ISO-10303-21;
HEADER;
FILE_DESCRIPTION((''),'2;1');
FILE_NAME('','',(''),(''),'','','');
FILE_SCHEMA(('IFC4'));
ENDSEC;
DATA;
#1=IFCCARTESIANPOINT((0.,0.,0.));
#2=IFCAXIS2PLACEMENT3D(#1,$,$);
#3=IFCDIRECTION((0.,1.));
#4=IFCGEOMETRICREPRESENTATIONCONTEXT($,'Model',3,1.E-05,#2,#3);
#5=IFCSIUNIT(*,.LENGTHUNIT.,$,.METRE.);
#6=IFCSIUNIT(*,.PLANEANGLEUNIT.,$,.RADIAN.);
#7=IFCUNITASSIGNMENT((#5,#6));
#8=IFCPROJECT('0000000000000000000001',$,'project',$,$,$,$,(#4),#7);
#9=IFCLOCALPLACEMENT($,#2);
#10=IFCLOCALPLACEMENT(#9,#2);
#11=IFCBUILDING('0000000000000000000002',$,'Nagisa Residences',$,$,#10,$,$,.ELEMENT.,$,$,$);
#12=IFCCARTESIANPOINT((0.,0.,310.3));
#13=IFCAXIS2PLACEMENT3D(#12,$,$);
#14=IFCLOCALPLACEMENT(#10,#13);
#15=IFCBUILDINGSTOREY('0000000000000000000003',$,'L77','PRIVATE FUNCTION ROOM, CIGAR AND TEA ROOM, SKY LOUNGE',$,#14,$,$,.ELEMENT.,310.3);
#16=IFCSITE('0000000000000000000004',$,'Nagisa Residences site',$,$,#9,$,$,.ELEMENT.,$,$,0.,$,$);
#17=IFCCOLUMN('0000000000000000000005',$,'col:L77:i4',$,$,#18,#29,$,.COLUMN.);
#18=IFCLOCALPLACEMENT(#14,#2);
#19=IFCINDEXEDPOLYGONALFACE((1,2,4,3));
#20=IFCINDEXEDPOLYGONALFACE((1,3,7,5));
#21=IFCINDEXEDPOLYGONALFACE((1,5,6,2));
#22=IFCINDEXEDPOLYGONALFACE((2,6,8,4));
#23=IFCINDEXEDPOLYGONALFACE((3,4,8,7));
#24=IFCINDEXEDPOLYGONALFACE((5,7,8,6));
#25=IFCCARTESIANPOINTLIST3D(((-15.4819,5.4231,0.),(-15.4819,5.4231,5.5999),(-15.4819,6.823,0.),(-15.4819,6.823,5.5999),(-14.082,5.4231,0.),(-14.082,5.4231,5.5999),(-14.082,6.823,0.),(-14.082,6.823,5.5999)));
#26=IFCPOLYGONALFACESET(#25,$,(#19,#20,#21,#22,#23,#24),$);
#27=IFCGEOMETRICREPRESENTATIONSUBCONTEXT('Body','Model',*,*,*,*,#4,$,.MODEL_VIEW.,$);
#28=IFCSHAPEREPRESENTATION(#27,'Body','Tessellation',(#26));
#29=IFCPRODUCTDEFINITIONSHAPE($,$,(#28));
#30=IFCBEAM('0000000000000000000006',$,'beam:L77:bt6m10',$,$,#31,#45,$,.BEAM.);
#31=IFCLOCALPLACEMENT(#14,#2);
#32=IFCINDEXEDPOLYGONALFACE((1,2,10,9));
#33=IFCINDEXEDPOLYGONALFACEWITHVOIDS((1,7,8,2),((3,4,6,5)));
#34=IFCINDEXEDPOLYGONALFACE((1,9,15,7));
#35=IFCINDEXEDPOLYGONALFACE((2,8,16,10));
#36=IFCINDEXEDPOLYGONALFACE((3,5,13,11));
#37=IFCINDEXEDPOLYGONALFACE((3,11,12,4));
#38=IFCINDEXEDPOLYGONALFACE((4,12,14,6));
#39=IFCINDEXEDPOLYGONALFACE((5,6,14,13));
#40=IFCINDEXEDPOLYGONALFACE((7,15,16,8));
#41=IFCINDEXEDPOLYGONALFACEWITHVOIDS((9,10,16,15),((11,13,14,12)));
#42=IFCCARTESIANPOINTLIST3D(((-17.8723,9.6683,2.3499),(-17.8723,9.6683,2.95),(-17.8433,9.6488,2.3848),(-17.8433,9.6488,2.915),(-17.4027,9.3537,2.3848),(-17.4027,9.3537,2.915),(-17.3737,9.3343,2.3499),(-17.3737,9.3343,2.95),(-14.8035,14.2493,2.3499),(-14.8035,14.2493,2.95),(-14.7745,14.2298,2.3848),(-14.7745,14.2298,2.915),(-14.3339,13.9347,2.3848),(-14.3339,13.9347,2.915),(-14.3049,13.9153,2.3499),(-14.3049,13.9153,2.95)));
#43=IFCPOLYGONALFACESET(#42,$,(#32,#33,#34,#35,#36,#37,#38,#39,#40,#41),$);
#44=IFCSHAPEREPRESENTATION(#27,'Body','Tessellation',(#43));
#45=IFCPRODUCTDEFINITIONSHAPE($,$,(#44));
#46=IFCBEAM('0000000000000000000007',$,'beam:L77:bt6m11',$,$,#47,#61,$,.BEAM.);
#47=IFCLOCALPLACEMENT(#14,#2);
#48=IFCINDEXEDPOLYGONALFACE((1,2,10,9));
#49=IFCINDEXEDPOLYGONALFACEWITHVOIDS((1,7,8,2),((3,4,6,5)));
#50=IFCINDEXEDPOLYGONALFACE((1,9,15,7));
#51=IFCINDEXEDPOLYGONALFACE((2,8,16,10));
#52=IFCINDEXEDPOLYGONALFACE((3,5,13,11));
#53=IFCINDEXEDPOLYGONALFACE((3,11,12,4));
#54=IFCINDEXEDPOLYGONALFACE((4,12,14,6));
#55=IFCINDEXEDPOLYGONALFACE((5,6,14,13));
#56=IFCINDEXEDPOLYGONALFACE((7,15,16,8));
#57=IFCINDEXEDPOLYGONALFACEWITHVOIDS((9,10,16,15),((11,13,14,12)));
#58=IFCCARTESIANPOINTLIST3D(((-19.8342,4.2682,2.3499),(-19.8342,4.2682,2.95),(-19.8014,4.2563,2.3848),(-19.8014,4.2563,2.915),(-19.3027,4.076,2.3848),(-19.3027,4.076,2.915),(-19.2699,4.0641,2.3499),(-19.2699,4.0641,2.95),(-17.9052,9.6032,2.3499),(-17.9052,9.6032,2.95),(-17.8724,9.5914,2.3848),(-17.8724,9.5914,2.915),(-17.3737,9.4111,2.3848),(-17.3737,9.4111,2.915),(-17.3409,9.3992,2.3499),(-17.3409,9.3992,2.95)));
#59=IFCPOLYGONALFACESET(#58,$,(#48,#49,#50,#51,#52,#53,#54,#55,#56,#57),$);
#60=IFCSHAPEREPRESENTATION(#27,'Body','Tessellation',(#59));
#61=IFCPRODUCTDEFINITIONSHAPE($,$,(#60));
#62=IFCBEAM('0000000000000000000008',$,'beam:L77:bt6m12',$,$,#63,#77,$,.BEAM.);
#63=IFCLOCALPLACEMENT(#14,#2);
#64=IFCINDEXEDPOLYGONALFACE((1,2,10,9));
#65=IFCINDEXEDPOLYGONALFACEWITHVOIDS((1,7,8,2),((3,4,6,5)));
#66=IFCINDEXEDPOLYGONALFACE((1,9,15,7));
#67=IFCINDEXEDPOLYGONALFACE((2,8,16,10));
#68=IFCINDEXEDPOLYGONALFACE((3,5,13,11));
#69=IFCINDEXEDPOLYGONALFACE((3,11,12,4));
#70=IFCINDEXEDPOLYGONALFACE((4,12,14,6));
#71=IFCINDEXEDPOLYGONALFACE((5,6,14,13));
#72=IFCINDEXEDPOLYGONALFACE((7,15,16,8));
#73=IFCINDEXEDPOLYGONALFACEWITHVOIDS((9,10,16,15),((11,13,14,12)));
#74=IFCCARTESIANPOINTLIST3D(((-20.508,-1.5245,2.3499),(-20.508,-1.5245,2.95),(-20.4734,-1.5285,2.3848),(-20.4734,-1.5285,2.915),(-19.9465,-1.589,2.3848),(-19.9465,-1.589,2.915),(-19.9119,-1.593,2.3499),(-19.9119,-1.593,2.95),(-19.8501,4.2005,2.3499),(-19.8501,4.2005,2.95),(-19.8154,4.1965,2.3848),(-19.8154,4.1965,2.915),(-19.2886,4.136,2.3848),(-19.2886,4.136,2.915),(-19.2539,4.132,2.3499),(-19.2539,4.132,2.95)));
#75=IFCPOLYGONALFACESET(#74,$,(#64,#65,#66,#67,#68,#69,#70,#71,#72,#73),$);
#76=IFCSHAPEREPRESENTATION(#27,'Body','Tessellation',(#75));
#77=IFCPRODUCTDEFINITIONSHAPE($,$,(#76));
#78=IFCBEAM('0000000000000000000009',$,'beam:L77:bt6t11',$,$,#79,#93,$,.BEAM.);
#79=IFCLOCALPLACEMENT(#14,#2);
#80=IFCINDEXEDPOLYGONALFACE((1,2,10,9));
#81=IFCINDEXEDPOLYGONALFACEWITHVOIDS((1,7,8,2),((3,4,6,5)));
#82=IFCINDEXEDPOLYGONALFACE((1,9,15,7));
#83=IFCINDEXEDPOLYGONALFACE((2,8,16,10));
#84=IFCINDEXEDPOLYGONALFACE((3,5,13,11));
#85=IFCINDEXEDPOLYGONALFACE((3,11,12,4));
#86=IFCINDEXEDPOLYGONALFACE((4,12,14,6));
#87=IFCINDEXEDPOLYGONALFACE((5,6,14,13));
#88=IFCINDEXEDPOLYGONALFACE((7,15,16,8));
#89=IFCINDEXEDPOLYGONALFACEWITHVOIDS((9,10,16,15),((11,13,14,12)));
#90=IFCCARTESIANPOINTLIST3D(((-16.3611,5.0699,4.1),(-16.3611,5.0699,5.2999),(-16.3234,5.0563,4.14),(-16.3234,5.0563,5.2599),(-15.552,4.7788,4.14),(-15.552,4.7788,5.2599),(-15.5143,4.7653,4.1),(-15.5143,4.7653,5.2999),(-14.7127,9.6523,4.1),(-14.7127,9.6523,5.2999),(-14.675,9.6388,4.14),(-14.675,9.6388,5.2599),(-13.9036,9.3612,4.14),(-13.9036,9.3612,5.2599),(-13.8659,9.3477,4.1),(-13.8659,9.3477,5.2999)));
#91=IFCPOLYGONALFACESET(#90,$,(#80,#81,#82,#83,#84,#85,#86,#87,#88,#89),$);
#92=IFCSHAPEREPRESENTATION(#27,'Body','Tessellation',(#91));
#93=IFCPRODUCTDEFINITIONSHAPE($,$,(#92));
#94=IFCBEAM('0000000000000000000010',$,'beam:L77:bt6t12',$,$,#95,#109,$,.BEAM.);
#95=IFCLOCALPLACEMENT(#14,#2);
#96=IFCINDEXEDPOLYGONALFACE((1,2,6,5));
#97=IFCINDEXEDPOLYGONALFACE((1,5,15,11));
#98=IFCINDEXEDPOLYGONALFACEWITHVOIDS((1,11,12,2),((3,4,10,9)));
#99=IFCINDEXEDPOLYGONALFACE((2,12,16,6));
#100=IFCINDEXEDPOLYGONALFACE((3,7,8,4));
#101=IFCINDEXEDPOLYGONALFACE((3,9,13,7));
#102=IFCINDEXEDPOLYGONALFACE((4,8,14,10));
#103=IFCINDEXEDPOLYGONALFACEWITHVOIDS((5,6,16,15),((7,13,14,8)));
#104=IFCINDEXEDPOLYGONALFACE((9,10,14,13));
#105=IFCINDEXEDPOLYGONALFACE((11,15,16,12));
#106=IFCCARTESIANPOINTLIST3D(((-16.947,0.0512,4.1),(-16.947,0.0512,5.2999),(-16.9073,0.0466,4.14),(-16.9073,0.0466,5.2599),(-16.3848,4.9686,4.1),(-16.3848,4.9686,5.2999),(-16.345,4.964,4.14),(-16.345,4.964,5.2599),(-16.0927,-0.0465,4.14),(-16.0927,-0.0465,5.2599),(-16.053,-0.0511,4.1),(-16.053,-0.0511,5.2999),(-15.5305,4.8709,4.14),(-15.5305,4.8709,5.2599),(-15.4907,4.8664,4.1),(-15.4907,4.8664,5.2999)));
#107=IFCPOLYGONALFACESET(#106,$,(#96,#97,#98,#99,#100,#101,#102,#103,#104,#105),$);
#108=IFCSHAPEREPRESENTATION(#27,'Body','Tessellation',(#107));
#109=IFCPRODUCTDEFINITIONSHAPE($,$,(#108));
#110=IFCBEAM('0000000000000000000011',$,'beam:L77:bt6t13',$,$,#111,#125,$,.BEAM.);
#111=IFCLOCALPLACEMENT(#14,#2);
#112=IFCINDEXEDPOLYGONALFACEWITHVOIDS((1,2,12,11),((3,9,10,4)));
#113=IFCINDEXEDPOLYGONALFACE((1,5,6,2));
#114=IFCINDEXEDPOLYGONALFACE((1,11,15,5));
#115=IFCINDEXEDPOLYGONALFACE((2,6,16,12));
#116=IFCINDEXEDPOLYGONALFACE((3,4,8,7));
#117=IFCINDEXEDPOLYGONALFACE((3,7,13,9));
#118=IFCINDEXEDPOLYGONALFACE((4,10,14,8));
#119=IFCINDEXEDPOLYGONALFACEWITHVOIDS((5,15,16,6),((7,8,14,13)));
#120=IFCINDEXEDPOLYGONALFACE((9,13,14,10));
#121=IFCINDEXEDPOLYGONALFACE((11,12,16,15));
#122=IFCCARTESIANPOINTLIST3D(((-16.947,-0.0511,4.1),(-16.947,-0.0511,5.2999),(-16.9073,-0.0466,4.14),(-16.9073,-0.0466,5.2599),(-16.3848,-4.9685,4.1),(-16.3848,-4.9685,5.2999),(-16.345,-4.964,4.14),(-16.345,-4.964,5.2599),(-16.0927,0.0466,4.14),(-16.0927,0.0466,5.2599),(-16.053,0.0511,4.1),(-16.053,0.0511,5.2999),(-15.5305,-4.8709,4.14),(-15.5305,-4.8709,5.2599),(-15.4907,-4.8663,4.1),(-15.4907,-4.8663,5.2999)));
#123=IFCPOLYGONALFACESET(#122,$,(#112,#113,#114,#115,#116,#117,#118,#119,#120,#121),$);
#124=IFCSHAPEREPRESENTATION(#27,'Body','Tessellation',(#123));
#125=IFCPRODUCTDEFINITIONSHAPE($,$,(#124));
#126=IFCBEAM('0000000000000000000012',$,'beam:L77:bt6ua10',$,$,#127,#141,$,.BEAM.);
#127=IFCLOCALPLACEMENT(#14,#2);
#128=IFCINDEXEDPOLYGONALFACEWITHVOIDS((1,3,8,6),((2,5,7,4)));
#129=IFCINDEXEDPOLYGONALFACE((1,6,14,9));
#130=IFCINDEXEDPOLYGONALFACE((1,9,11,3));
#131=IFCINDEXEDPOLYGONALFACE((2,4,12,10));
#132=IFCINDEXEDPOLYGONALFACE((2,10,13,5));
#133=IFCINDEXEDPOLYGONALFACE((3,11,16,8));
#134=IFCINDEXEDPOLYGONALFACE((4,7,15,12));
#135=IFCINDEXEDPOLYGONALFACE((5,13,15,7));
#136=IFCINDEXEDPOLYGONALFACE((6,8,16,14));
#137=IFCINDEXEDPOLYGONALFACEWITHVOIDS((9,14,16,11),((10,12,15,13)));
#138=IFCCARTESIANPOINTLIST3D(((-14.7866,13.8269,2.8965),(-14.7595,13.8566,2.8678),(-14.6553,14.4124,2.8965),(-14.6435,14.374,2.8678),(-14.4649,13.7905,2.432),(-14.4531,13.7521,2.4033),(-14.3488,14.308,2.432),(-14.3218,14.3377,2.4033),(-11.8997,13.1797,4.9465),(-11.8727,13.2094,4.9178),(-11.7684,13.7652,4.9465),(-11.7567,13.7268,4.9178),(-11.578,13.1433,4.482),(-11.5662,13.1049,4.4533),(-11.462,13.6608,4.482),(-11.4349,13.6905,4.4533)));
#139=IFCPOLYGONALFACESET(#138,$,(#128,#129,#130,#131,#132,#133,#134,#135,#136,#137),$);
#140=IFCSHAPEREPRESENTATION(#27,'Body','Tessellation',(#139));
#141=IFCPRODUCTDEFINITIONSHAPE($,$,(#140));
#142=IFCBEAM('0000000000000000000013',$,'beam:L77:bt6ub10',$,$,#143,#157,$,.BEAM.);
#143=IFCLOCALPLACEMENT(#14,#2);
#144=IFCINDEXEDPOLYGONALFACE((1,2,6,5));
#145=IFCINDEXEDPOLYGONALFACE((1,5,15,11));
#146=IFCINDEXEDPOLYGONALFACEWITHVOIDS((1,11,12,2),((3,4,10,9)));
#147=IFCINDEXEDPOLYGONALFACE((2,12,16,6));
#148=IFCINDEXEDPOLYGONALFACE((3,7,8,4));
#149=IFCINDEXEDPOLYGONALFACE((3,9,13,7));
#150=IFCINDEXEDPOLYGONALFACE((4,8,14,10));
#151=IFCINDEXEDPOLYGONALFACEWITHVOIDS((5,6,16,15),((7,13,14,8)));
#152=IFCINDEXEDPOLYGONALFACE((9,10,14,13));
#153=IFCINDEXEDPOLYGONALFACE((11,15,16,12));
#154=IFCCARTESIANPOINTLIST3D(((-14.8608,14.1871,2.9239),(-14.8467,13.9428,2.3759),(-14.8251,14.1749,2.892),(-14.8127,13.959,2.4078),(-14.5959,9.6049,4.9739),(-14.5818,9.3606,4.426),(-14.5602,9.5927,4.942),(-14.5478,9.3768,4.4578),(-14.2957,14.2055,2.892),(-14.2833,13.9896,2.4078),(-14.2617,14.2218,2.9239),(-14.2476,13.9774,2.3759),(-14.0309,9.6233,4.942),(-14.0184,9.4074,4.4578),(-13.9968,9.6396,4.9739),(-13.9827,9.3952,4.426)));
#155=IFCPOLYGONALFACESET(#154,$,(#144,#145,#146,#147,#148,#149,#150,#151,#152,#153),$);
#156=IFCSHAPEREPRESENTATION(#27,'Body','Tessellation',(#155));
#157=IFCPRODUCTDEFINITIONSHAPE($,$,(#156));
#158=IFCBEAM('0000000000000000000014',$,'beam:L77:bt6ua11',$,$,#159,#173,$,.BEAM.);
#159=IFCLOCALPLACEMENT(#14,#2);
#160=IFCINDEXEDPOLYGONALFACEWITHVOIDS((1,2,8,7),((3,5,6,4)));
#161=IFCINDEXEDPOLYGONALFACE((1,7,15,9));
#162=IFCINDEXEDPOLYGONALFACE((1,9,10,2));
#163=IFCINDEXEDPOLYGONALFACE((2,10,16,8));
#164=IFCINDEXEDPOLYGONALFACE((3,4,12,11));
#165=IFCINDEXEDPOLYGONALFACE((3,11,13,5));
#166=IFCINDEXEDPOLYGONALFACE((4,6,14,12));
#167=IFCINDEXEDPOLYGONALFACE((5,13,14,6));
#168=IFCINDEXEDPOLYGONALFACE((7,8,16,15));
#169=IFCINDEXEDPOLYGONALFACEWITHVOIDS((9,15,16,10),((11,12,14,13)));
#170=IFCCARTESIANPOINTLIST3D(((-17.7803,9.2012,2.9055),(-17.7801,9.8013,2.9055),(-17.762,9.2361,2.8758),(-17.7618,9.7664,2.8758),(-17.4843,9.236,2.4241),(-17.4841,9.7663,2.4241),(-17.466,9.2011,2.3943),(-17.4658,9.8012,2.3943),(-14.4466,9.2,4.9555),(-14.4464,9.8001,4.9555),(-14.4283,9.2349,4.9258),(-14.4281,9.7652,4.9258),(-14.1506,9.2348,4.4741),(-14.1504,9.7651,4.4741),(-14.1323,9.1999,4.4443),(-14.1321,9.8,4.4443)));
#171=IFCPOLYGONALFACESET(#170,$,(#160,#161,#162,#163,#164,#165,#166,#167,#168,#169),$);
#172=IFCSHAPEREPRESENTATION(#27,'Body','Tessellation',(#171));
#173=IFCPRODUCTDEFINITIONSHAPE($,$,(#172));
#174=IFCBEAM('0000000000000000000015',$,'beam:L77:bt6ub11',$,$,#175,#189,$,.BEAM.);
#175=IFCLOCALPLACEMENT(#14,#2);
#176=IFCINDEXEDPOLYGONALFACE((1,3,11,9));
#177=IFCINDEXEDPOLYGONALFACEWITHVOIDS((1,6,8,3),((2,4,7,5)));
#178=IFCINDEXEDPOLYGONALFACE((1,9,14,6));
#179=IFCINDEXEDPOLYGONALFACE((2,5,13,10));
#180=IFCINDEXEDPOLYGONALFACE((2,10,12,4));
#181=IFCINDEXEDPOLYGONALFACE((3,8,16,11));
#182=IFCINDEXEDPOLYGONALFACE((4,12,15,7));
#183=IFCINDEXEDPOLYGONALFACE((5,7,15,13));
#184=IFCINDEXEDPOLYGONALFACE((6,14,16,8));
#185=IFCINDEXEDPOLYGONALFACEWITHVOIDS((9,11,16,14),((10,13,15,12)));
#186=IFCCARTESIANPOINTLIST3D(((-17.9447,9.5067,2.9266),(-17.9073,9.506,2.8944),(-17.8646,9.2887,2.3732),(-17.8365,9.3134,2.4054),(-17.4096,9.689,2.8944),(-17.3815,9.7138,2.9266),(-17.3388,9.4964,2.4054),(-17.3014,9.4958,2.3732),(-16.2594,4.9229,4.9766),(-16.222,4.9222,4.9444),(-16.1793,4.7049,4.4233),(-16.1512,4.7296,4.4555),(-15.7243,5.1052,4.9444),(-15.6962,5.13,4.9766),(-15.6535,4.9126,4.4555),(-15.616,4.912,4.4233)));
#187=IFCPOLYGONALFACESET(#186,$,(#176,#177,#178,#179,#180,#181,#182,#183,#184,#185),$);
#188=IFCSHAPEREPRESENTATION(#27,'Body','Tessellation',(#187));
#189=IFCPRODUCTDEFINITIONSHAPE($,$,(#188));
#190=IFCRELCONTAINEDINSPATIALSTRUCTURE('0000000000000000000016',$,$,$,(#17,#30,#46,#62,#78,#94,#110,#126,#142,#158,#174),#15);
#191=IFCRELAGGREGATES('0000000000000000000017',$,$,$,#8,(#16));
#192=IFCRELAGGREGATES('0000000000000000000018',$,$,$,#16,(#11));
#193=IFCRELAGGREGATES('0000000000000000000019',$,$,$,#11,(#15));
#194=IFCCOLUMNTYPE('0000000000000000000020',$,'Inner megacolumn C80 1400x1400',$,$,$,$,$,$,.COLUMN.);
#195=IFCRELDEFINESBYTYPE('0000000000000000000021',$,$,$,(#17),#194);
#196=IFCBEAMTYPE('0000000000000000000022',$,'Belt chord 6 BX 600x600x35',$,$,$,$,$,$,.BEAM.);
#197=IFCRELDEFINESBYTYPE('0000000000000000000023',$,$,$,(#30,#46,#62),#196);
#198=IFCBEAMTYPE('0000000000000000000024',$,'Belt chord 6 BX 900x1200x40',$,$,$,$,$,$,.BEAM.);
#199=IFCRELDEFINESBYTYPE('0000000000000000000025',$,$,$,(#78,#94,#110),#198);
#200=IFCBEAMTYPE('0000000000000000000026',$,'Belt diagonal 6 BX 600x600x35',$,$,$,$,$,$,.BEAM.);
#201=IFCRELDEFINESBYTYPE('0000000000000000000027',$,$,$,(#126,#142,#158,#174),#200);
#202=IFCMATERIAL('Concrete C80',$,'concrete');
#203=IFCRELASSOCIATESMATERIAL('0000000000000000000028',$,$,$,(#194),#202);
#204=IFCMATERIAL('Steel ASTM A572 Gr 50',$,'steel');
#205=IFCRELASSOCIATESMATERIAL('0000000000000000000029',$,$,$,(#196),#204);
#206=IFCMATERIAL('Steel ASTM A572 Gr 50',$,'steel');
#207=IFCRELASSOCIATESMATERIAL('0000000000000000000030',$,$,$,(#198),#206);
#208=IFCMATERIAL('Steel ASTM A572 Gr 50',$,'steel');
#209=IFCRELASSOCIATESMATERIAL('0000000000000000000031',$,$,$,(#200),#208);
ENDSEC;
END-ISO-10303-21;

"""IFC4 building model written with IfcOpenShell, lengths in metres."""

from ifc_helpers import new_model, si_unit, direction, frame, origin, origin_2d, place, context, subcontext, project, spatial, rectangle, hollow_rectangle, extrude, material, material_profile, profile_set, type_object, element, save


model = new_model("IFC4")

# Units and contexts
model_context = context("Model", 3, precision=1e-05, world=origin(), true_north=direction((0.0, 1.0)))
body_context = subcontext(model_context, "Body", "Model", "MODEL_VIEW")
ifc_project = project(units=[si_unit("LENGTHUNIT", "METRE"), si_unit("PLANEANGLEUNIT", "RADIAN")], contexts=[model_context])

# Site, building, storey
site_placement = place(None, origin())
site = spatial("IfcSite", under=ifc_project, at=site_placement, Name="Nagisa Residences site", CompositionType="ELEMENT", RefElevation=0.0)
building_placement = place(site_placement, origin())
building = spatial("IfcBuilding", under=site, at=building_placement, Name="Nagisa Residences", CompositionType="ELEMENT")
storey_placement = place(building_placement, frame((0.0, 0.0, 310.3)))
storey = spatial("IfcBuildingStorey", under=building, at=storey_placement, Name="L77", Description="PRIVATE FUNCTION ROOM, CIGAR AND TEA ROOM, SKY LOUNGE", CompositionType="ELEMENT", Elevation=310.3)

# Column
ifc_material_1 = material(Name="Concrete C80", Category="concrete")
ifc_material_profile_1 = material_profile(ifc_material_1, rectangle(XDim=1.3999, YDim=1.3999, at=origin_2d()), Name="C80 1400x1400")
ifc_profile_set_1 = profile_set([ifc_material_profile_1], Name="Concrete C80")
column_type = type_object("IfcColumnType", Name="Inner megacolumn C80 1400x1400", PredefinedType="COLUMN", material=ifc_profile_set_1)
column_placement = place(storey_placement, frame((-14.782, 6.123, 0.0), z_axis=(0.0, 0.0, 1.0), x_axis=(1.0, 0.0, 0.0)))
element("IfcColumn", 1, at=column_placement, inside=storey, type_object=column_type, Name="col:L77:i4", PredefinedType="COLUMN", context=body_context, shape_type="SweptSolid", body=[
    extrude(rectangle(XDim=1.3999, YDim=1.3999, at=origin_2d()), origin(), (0.0, 0.0, 1.0), 5.5999),
])

# Beams
ifc_material_2 = material(Name="Steel ASTM A572 Gr 50", Category="steel")
ifc_material_profile_2 = material_profile(ifc_material_2, hollow_rectangle(XDim=0.6001, YDim=0.6001, WallThickness=0.0349, at=origin_2d()), Name="BX 600x600x35")
ifc_profile_set_2 = profile_set([ifc_material_profile_2], Name="Steel ASTM A572 Gr 50")
beam_type_1 = type_object("IfcBeamType", Name="Belt chord 6 BX 600x600x35", PredefinedType="BEAM", material=ifc_profile_set_2)
beam_1_placement = place(storey_placement, frame((-14.5542, 14.0823, 2.6499), z_axis=(-0.556558, -0.830808, 0.0), x_axis=(0.830808, -0.556558, 0.0)))
element("IfcBeam", 2, at=beam_1_placement, inside=storey, type_object=beam_type_1, Name="beam:L77:bt6m10", PredefinedType="BEAM", context=body_context, shape_type="SweptSolid", body=[
    extrude(hollow_rectangle(XDim=0.6001, YDim=0.6001, WallThickness=0.0349, at=origin_2d()), origin(), (0.0, 0.0, 1.0), 5.5139),
])
beam_2_placement = place(storey_placement, frame((-17.623, 9.5012, 2.6499), z_axis=(-0.340025, -0.940416, 0.0), x_axis=(0.940416, -0.340025, 0.0)))
element("IfcBeam", 3, at=beam_2_placement, inside=storey, type_object=beam_type_1, Name="beam:L77:bt6m11", PredefinedType="BEAM", context=body_context, shape_type="SweptSolid", body=[
    extrude(hollow_rectangle(XDim=0.6001, YDim=0.6001, WallThickness=0.0349, at=origin_2d()), origin(), (0.0, 0.0, 1.0), 5.6731),
])
beam_3_placement = place(storey_placement, frame((-19.552, 4.1663, 2.6499), z_axis=(-0.114174, -0.993461, 0.0), x_axis=(0.993461, -0.114174, 0.0)))
element("IfcBeam", 4, at=beam_3_placement, inside=storey, type_object=beam_type_1, Name="beam:L77:bt6m12", PredefinedType="BEAM", context=body_context, shape_type="SweptSolid", body=[
    extrude(hollow_rectangle(XDim=0.6001, YDim=0.6001, WallThickness=0.0349, at=origin_2d()), origin(), (0.0, 0.0, 1.0), 5.7627),
])
ifc_material_3 = material(Name="Steel ASTM A572 Gr 50", Category="steel")
ifc_material_profile_3 = material_profile(ifc_material_3, hollow_rectangle(XDim=0.8999, YDim=1.2, WallThickness=0.04, at=origin_2d()), Name="BX 900x1200x40")
ifc_profile_set_3 = profile_set([ifc_material_profile_3], Name="Steel ASTM A572 Gr 50")
beam_type_2 = type_object("IfcBeamType", Name="Belt chord 6 BX 900x1200x40", PredefinedType="BEAM", material=ifc_profile_set_3)
beam_4_placement = place(storey_placement, frame((-14.2893, 9.5, 4.7), z_axis=(-0.338489, -0.94097, 0.0), x_axis=(0.94097, -0.338489, 0.0)))
element("IfcBeam", 5, at=beam_4_placement, inside=storey, type_object=beam_type_2, Name="beam:L77:bt6t11", PredefinedType="BEAM", context=body_context, shape_type="SweptSolid", body=[
    extrude(hollow_rectangle(XDim=0.8999, YDim=1.2, WallThickness=0.04, at=origin_2d()), origin(), (0.0, 0.0, 1.0), 4.8699),
])
for number, where, z_axis, x_axis, name in (
    (6, (-15.9377, 4.9175, 4.7), (-0.113598, -0.993527, 0.0), (0.993527, -0.113598, 0.0), "beam:L77:bt6t12"),
    (7, (-16.5, 0.0, 4.7), (0.113598, -0.993527, 0.0), (0.993527, 0.113598, 0.0), "beam:L77:bt6t13"),
):
    element("IfcBeam", number, at=place(storey_placement, frame(where, z_axis=z_axis, x_axis=x_axis)), inside=storey, type_object=beam_type_2, Name=name, PredefinedType="BEAM", context=body_context, shape_type="SweptSolid", body=[
        extrude(hollow_rectangle(XDim=0.8999, YDim=1.2, WallThickness=0.04, at=origin_2d()), origin(), (0.0, 0.0, 1.0), 4.9495),
    ])
ifc_material_4 = material(Name="Steel ASTM A572 Gr 50", Category="steel")
ifc_material_profile_4 = material_profile(ifc_material_4, hollow_rectangle(XDim=0.6001, YDim=0.6001, WallThickness=0.0349, at=origin_2d()), Name="BX 600x600x35")
ifc_profile_set_4 = profile_set([ifc_material_profile_4], Name="Steel ASTM A572 Gr 50")
beam_type_3 = type_object("IfcBeamType", Name="Belt diagonal 6 BX 600x600x35", PredefinedType="BEAM", material=ifc_profile_set_4)
beam_5_placement = place(storey_placement, frame((-14.5542, 14.0823, 2.6499), z_axis=(0.802053, -0.179809, 0.569543), x_axis=(0.218756, 0.97578, 0.0)))
element("IfcBeam", 8, at=beam_5_placement, inside=storey, type_object=beam_type_3, Name="beam:L77:bt6ua10", PredefinedType="BEAM", context=body_context, shape_type="SweptSolid", body=[
    extrude(hollow_rectangle(XDim=0.6001, YDim=0.6001, WallThickness=0.0349, at=origin_2d()), origin(), (0.0, 0.0, 1.0), 3.5994),
])
beam_6_placement = place(storey_placement, frame((-14.5542, 14.0823, 2.6499), z_axis=(0.052695, -0.911544, 0.407813), x_axis=(0.998333, 0.057712, 0.0)))
element("IfcBeam", 9, at=beam_6_placement, inside=storey, type_object=beam_type_3, Name="beam:L77:bt6ub10", PredefinedType="BEAM", context=body_context, shape_type="SweptSolid", body=[
    extrude(hollow_rectangle(XDim=0.6001, YDim=0.6001, WallThickness=0.0349, at=origin_2d()), origin(), (0.0, 0.0, 1.0), 5.0269),
])
beam_7_placement = place(storey_placement, frame((-17.623, 9.5012, 2.6499), z_axis=(0.851827, -0.000312, 0.523822), x_axis=(0.000366, 1.0, 0.0)))
element("IfcBeam", 10, at=beam_7_placement, inside=storey, type_object=beam_type_3, Name="beam:L77:bt6ua11", PredefinedType="BEAM", context=body_context, shape_type="SweptSolid", body=[
    extrude(hollow_rectangle(XDim=0.6001, YDim=0.6001, WallThickness=0.0349, at=origin_2d()), origin(), (0.0, 0.0, 1.0), 3.9136),
])
beam_8_placement = place(storey_placement, frame((-17.623, 9.5012, 2.6499), z_axis=(0.318188, -0.865417, 0.387052), x_axis=(0.938572, 0.345084, 0.0)))
element("IfcBeam", 11, at=beam_8_placement, inside=storey, type_object=beam_type_3, Name="beam:L77:bt6ub11", PredefinedType="BEAM", context=body_context, shape_type="SweptSolid", body=[
    extrude(hollow_rectangle(XDim=0.6001, YDim=0.6001, WallThickness=0.0349, at=origin_2d()), origin(), (0.0, 0.0, 1.0), 5.2966),
])

save(model, "model.ifc")
